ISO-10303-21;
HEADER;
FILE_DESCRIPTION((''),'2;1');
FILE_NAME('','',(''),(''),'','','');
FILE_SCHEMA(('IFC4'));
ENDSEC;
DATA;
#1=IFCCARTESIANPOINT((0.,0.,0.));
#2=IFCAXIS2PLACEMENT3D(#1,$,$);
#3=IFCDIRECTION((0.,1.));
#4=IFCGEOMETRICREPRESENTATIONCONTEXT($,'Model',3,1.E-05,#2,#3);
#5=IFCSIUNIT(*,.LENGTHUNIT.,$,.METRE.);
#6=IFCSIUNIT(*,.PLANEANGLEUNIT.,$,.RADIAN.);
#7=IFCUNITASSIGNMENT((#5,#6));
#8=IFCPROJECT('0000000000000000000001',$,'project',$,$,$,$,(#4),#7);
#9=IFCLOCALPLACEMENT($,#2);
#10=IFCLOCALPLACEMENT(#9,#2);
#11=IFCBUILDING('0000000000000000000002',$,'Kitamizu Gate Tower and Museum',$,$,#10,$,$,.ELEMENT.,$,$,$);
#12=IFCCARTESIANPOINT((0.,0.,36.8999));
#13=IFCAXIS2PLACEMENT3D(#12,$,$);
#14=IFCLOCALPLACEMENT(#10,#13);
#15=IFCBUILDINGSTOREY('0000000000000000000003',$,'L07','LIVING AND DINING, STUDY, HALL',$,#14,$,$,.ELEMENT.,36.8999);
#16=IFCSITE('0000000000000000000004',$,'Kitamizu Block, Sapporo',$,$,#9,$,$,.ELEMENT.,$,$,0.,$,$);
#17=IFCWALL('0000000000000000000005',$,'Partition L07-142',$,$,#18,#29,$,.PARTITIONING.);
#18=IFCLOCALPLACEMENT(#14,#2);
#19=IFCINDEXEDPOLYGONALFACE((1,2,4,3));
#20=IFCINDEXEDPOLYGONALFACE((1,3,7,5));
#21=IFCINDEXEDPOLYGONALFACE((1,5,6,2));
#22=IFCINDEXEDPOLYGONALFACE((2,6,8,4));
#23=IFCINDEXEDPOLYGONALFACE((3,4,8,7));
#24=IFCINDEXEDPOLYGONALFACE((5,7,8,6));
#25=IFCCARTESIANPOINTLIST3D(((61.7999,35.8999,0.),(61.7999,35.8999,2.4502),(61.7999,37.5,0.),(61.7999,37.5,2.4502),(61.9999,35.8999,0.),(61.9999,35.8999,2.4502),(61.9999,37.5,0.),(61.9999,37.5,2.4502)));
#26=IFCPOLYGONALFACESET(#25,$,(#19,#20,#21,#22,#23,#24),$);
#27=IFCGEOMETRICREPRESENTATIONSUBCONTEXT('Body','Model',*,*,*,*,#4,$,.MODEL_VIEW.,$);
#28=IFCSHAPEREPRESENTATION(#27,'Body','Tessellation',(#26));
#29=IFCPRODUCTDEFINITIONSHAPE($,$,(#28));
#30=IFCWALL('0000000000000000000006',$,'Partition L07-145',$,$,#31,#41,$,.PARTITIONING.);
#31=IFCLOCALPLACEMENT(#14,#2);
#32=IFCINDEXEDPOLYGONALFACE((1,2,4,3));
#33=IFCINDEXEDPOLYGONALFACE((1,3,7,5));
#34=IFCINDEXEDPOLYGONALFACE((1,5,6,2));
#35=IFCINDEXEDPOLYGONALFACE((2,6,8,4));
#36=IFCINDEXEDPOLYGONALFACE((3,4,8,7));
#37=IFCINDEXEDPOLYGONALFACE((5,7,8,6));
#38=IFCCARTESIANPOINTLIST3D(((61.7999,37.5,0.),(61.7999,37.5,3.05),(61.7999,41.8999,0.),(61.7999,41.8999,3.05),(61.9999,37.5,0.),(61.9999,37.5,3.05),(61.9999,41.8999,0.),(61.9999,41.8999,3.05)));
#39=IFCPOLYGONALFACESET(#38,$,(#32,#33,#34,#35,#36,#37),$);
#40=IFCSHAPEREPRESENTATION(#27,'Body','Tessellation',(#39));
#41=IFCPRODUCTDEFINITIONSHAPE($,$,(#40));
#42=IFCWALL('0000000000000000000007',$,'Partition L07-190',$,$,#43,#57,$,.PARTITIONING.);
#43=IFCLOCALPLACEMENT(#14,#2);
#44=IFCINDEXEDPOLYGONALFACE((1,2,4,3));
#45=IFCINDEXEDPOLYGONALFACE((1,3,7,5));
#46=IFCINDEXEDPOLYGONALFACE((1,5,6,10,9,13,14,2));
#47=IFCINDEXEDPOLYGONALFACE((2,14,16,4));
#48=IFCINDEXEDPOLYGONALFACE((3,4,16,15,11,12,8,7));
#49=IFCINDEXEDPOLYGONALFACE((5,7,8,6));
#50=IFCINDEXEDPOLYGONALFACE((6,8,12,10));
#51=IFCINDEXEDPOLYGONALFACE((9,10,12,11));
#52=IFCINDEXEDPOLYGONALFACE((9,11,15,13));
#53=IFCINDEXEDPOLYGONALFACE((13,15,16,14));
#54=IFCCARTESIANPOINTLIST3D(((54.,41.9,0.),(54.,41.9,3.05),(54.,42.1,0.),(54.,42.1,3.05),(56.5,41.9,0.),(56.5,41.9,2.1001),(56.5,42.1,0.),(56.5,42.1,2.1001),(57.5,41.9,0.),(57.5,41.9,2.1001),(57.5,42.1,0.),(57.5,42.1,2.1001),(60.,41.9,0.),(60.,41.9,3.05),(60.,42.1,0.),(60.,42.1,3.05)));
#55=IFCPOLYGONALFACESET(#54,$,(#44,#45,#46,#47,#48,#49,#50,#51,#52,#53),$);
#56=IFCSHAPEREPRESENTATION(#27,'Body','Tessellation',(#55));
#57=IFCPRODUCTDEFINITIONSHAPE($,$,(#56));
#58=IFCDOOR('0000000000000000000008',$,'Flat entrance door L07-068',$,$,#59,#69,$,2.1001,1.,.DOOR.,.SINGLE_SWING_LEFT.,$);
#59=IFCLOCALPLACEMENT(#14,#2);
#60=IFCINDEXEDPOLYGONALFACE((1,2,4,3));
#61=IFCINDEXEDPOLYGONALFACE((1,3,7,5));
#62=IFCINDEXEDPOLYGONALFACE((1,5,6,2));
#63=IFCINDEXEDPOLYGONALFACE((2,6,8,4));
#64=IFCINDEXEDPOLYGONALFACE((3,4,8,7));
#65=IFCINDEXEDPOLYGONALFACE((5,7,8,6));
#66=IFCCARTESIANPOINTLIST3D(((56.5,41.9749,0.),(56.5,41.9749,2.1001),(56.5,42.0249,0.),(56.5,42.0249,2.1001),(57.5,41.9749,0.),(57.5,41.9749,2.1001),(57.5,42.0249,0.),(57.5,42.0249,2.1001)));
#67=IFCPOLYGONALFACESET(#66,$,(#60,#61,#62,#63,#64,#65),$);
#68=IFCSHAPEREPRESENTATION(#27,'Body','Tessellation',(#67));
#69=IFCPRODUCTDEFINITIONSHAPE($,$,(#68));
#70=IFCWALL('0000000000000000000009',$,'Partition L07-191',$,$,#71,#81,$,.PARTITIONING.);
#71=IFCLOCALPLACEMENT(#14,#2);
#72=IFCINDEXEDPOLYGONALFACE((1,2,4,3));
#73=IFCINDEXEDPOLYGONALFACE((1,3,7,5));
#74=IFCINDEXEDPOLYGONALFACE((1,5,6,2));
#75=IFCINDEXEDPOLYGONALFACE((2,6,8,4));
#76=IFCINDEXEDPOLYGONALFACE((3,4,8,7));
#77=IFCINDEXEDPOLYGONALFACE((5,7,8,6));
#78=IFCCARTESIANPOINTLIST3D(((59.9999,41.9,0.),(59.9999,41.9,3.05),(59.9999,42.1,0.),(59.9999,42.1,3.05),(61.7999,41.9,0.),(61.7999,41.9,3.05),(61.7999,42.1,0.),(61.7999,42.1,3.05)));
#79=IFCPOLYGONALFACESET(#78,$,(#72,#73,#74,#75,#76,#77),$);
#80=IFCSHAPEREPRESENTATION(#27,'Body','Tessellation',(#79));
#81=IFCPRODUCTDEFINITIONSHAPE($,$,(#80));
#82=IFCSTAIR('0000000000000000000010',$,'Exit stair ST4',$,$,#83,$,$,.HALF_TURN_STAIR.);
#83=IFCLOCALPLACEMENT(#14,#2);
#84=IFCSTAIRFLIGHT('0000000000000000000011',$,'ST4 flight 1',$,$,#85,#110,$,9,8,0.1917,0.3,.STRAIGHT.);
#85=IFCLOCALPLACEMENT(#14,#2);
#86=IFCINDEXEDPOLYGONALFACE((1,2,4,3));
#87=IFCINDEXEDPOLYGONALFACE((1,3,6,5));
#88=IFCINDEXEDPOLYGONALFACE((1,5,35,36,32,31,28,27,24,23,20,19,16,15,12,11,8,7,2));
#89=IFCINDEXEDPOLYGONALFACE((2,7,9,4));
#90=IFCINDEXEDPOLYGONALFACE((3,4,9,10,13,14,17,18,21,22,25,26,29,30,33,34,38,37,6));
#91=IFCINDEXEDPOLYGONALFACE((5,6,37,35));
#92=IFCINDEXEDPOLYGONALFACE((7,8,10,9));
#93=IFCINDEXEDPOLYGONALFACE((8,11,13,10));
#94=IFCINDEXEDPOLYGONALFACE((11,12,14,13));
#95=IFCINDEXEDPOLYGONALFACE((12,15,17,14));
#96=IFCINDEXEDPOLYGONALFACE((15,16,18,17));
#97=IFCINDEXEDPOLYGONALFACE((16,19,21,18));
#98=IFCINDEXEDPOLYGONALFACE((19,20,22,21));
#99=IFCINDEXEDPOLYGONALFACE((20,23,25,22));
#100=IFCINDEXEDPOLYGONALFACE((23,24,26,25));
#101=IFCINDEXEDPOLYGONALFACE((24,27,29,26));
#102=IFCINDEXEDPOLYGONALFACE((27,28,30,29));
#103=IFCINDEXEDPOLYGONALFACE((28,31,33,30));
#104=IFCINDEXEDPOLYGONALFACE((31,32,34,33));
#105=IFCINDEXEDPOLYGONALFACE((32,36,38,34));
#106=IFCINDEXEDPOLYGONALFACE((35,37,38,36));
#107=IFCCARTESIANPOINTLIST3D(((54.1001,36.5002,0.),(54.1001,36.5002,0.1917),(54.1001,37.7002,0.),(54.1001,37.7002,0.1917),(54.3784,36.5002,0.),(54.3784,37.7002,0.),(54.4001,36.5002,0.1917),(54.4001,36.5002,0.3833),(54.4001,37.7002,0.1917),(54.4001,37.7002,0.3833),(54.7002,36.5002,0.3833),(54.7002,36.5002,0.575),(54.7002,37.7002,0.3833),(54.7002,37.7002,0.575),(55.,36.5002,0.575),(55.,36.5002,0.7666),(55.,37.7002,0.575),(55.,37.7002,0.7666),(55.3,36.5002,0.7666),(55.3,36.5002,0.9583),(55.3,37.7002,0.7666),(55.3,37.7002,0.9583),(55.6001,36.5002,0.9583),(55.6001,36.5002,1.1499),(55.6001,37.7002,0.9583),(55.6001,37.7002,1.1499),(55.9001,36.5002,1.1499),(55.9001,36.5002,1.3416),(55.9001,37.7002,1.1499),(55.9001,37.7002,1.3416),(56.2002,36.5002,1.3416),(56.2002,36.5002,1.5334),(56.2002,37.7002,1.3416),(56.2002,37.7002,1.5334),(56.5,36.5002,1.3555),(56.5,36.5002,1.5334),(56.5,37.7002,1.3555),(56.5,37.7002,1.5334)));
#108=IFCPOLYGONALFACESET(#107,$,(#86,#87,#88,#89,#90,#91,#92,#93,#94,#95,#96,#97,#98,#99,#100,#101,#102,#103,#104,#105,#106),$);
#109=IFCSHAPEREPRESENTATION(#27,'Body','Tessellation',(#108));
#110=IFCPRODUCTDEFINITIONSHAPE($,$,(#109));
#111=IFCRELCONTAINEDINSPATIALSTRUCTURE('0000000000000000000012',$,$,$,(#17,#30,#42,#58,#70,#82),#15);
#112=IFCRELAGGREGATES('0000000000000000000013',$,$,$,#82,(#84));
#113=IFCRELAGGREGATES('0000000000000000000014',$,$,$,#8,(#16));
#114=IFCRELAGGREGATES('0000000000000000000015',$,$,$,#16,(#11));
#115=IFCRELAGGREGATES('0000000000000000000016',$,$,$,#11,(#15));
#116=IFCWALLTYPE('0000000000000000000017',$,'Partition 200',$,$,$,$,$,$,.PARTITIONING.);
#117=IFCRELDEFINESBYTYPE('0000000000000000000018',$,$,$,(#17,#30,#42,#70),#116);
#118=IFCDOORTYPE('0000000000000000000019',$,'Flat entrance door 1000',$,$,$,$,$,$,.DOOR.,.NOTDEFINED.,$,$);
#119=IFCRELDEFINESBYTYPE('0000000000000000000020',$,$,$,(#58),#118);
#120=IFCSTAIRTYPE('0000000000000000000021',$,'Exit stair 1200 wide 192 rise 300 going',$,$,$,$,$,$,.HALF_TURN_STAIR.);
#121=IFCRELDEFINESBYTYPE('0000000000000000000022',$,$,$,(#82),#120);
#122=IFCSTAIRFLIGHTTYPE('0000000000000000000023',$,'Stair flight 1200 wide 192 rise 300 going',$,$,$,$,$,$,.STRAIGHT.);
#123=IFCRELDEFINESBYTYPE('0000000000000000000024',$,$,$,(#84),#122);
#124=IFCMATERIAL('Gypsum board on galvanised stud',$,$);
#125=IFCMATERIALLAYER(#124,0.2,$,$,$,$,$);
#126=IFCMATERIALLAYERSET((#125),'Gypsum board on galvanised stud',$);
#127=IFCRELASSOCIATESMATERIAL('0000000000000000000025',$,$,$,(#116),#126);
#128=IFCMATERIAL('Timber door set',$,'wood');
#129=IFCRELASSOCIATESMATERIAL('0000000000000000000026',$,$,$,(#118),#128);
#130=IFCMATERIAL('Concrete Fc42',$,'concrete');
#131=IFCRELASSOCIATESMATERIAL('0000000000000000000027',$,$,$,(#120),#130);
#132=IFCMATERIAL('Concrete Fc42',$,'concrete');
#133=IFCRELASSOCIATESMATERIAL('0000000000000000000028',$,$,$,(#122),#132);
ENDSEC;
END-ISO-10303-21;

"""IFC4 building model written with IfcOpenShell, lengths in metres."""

from ifc_helpers import new_model, si_unit, direction, frame, frame_2d, origin, place, context, subcontext, project, spatial, polyline, rectangle, outline, extrude, material, layer, layer_set, type_object, element, fill, aggregate, save


model = new_model("IFC4")

# Units and contexts
model_context = context("Model", 3, precision=1e-05, world=origin(), true_north=direction((0.0, 1.0)))
body_context = subcontext(model_context, "Body", "Model", "MODEL_VIEW")
ifc_project = project(units=[si_unit("LENGTHUNIT", "METRE"), si_unit("PLANEANGLEUNIT", "RADIAN")], contexts=[model_context])

# Site, building, storey
site_placement = place(None, origin())
site = spatial("IfcSite", under=ifc_project, at=site_placement, Name="Kitamizu Block, Sapporo", CompositionType="ELEMENT", RefElevation=0.0)
building_placement = place(site_placement, origin())
building = spatial("IfcBuilding", under=site, at=building_placement, Name="Kitamizu Gate Tower and Museum", CompositionType="ELEMENT")
storey_placement = place(building_placement, frame((0.0, 0.0, 36.8999)))
storey = spatial("IfcBuildingStorey", under=building, at=storey_placement, Name="L07", Description="LIVING AND DINING, STUDY, HALL", CompositionType="ELEMENT", Elevation=36.8999)

# Walls
ifc_material_1 = material(Name="Gypsum board on galvanised stud")
ifc_layer_1 = layer(ifc_material_1, 0.2)
ifc_layer_set_1 = layer_set([ifc_layer_1], Name="Gypsum board on galvanised stud")
wall_type_1 = type_object("IfcWallType", Name="Partition 200", PredefinedType="PARTITIONING", material=ifc_layer_set_1)
wall_1_placement = place(storey_placement, frame((61.8999, 37.5, 0.0), z_axis=(0.0, 0.0, 1.0), x_axis=(0.0, -1.0, 0.0)))
element("IfcWall", 1, at=wall_1_placement, inside=storey, type_object=wall_type_1, Name="Partition L07-142", PredefinedType="PARTITIONING", context=body_context, shape_type="SweptSolid", body=[
    extrude(rectangle(XDim=1.6001, YDim=0.2, at=frame_2d((0.8, 0.0))), origin(), (0.0, 0.0, 1.0), 2.4502),
])
wall_2_placement = place(storey_placement, frame((61.8999, 41.8999, 0.0), z_axis=(0.0, 0.0, 1.0), x_axis=(0.0, -1.0, 0.0)))
element("IfcWall", 2, at=wall_2_placement, inside=storey, type_object=wall_type_1, Name="Partition L07-145", PredefinedType="PARTITIONING", context=body_context, shape_type="SweptSolid", body=[
    extrude(rectangle(XDim=4.3999, YDim=0.2, at=frame_2d((2.2, 0.0))), origin(), (0.0, 0.0, 1.0), 3.05),
])

# Wall, opening, door
wall_3_placement = place(storey_placement, frame((54.0, 42.0, 0.0), z_axis=(0.0, 0.0, 1.0), x_axis=(1.0, 0.0, 0.0)))
wall_3 = element("IfcWall", 3, at=wall_3_placement, inside=storey, type_object=wall_type_1, Name="Partition L07-190", PredefinedType="PARTITIONING", context=body_context, shape_type="SweptSolid", body=[
    extrude(rectangle(XDim=6.0, YDim=0.2, at=frame_2d((3.0, 0.0))), origin(), (0.0, 0.0, 1.0), 3.05),
])
opening_1_placement = place(wall_3_placement, frame((2.5, 0.0, 0.0)))
opening_1 = element("IfcOpeningElement", 4, at=opening_1_placement, cuts=wall_3, PredefinedType="OPENING", context=body_context, shape_type="SweptSolid", body=[
    extrude(rectangle(XDim=1.0, YDim=2.1001, at=frame_2d((0.5, 1.05))), frame((0.0, 0.1099, 0.0), z_axis=(0.0, -1.0, 0.0), x_axis=(1.0, 0.0, 0.0)), (0.0, 0.0, 1.0), 0.22),
])
ifc_material_2 = material(Name="Timber door set", Category="wood")
door_type_1 = type_object("IfcDoorType", Name="Flat entrance door 1000", OperationType="NOTDEFINED", PredefinedType="DOOR", material=ifc_material_2)
door_1_placement = place(opening_1_placement, origin())
door_1 = element("IfcDoor", 5, at=door_1_placement, inside=storey, type_object=door_type_1, Name="Flat entrance door L07-068", OperationType="SINGLE_SWING_LEFT", OverallHeight=2.1001, OverallWidth=1.0, PredefinedType="DOOR", context=body_context, shape_type="SweptSolid", body=[
    extrude(rectangle(XDim=1.0, YDim=2.1001, at=frame_2d((0.5, 1.05))), frame((0.0, 0.0249, 0.0), z_axis=(0.0, -1.0, 0.0), x_axis=(1.0, 0.0, 0.0)), (0.0, 0.0, 1.0), 0.05),
])
fill(opening_1, door_1)

# Wall
wall_4_placement = place(storey_placement, frame((60.0, 42.0, 0.0), z_axis=(0.0, 0.0, 1.0), x_axis=(1.0, 0.0, 0.0)))
element("IfcWall", 6, at=wall_4_placement, inside=storey, type_object=wall_type_1, Name="Partition L07-191", PredefinedType="PARTITIONING", context=body_context, shape_type="SweptSolid", body=[
    extrude(rectangle(XDim=1.8, YDim=0.2, at=frame_2d((0.8999, 0.0))), origin(), (0.0, 0.0, 1.0), 3.05),
])

# Stair, stair flight
ifc_material_3 = material(Name="Concrete Fc42", Category="concrete")
stair_type = type_object("IfcStairType", Name="Exit stair 1200 wide 192 rise 300 going", PredefinedType="HALF_TURN_STAIR", material=ifc_material_3)
stair_placement = place(storey_placement, origin())
stair = element("IfcStair", 7, at=stair_placement, inside=storey, type_object=stair_type, Name="Exit stair ST4", PredefinedType="HALF_TURN_STAIR")
ifc_material_4 = material(Name="Concrete Fc42", Category="concrete")
stair_flight_type = type_object("IfcStairFlightType", Name="Stair flight 1200 wide 192 rise 300 going", PredefinedType="STRAIGHT", material=ifc_material_4)
stair_flight_placement = place(storey_placement, frame((54.1001, 37.1001, 0.0), z_axis=(0.0, 0.0, 1.0), x_axis=(1.0, 0.0, 0.0)))
stair_flight = element("IfcStairFlight", 8, at=stair_flight_placement, type_object=stair_flight_type, Name="ST4 flight 1", NumberOfRisers=9, NumberOfTreads=8, PredefinedType="STRAIGHT", RiserHeight=0.1917, TreadLength=0.3, context=body_context, shape_type="SweptSolid", body=[
    extrude(outline(polyline([(0.0, 0.0), (0.0, 0.1917), (0.3, 0.1917), (0.3, 0.3833), (0.6001, 0.3833), (0.6001, 0.575), (0.8999, 0.575), (0.8999, 0.7666), (1.2, 0.7666), (1.2, 0.9583), (1.5, 0.9583), (1.5, 1.1499), (1.8, 1.1499), (1.8, 1.3416), (2.1001, 1.3416), (2.1001, 1.5334), (2.3999, 1.5334), (2.3999, 1.7251), (2.3999, 1.3555), (0.2783, 0.0), (0.0, 0.0)])), frame((0.0, 0.6001, 0.0), z_axis=(0.0, -1.0, 0.0), x_axis=(1.0, 0.0, 0.0)), (0.0, 0.0, 1.0), 1.2),
])
aggregate(stair, [stair_flight])

save(model, "model.ifc")
